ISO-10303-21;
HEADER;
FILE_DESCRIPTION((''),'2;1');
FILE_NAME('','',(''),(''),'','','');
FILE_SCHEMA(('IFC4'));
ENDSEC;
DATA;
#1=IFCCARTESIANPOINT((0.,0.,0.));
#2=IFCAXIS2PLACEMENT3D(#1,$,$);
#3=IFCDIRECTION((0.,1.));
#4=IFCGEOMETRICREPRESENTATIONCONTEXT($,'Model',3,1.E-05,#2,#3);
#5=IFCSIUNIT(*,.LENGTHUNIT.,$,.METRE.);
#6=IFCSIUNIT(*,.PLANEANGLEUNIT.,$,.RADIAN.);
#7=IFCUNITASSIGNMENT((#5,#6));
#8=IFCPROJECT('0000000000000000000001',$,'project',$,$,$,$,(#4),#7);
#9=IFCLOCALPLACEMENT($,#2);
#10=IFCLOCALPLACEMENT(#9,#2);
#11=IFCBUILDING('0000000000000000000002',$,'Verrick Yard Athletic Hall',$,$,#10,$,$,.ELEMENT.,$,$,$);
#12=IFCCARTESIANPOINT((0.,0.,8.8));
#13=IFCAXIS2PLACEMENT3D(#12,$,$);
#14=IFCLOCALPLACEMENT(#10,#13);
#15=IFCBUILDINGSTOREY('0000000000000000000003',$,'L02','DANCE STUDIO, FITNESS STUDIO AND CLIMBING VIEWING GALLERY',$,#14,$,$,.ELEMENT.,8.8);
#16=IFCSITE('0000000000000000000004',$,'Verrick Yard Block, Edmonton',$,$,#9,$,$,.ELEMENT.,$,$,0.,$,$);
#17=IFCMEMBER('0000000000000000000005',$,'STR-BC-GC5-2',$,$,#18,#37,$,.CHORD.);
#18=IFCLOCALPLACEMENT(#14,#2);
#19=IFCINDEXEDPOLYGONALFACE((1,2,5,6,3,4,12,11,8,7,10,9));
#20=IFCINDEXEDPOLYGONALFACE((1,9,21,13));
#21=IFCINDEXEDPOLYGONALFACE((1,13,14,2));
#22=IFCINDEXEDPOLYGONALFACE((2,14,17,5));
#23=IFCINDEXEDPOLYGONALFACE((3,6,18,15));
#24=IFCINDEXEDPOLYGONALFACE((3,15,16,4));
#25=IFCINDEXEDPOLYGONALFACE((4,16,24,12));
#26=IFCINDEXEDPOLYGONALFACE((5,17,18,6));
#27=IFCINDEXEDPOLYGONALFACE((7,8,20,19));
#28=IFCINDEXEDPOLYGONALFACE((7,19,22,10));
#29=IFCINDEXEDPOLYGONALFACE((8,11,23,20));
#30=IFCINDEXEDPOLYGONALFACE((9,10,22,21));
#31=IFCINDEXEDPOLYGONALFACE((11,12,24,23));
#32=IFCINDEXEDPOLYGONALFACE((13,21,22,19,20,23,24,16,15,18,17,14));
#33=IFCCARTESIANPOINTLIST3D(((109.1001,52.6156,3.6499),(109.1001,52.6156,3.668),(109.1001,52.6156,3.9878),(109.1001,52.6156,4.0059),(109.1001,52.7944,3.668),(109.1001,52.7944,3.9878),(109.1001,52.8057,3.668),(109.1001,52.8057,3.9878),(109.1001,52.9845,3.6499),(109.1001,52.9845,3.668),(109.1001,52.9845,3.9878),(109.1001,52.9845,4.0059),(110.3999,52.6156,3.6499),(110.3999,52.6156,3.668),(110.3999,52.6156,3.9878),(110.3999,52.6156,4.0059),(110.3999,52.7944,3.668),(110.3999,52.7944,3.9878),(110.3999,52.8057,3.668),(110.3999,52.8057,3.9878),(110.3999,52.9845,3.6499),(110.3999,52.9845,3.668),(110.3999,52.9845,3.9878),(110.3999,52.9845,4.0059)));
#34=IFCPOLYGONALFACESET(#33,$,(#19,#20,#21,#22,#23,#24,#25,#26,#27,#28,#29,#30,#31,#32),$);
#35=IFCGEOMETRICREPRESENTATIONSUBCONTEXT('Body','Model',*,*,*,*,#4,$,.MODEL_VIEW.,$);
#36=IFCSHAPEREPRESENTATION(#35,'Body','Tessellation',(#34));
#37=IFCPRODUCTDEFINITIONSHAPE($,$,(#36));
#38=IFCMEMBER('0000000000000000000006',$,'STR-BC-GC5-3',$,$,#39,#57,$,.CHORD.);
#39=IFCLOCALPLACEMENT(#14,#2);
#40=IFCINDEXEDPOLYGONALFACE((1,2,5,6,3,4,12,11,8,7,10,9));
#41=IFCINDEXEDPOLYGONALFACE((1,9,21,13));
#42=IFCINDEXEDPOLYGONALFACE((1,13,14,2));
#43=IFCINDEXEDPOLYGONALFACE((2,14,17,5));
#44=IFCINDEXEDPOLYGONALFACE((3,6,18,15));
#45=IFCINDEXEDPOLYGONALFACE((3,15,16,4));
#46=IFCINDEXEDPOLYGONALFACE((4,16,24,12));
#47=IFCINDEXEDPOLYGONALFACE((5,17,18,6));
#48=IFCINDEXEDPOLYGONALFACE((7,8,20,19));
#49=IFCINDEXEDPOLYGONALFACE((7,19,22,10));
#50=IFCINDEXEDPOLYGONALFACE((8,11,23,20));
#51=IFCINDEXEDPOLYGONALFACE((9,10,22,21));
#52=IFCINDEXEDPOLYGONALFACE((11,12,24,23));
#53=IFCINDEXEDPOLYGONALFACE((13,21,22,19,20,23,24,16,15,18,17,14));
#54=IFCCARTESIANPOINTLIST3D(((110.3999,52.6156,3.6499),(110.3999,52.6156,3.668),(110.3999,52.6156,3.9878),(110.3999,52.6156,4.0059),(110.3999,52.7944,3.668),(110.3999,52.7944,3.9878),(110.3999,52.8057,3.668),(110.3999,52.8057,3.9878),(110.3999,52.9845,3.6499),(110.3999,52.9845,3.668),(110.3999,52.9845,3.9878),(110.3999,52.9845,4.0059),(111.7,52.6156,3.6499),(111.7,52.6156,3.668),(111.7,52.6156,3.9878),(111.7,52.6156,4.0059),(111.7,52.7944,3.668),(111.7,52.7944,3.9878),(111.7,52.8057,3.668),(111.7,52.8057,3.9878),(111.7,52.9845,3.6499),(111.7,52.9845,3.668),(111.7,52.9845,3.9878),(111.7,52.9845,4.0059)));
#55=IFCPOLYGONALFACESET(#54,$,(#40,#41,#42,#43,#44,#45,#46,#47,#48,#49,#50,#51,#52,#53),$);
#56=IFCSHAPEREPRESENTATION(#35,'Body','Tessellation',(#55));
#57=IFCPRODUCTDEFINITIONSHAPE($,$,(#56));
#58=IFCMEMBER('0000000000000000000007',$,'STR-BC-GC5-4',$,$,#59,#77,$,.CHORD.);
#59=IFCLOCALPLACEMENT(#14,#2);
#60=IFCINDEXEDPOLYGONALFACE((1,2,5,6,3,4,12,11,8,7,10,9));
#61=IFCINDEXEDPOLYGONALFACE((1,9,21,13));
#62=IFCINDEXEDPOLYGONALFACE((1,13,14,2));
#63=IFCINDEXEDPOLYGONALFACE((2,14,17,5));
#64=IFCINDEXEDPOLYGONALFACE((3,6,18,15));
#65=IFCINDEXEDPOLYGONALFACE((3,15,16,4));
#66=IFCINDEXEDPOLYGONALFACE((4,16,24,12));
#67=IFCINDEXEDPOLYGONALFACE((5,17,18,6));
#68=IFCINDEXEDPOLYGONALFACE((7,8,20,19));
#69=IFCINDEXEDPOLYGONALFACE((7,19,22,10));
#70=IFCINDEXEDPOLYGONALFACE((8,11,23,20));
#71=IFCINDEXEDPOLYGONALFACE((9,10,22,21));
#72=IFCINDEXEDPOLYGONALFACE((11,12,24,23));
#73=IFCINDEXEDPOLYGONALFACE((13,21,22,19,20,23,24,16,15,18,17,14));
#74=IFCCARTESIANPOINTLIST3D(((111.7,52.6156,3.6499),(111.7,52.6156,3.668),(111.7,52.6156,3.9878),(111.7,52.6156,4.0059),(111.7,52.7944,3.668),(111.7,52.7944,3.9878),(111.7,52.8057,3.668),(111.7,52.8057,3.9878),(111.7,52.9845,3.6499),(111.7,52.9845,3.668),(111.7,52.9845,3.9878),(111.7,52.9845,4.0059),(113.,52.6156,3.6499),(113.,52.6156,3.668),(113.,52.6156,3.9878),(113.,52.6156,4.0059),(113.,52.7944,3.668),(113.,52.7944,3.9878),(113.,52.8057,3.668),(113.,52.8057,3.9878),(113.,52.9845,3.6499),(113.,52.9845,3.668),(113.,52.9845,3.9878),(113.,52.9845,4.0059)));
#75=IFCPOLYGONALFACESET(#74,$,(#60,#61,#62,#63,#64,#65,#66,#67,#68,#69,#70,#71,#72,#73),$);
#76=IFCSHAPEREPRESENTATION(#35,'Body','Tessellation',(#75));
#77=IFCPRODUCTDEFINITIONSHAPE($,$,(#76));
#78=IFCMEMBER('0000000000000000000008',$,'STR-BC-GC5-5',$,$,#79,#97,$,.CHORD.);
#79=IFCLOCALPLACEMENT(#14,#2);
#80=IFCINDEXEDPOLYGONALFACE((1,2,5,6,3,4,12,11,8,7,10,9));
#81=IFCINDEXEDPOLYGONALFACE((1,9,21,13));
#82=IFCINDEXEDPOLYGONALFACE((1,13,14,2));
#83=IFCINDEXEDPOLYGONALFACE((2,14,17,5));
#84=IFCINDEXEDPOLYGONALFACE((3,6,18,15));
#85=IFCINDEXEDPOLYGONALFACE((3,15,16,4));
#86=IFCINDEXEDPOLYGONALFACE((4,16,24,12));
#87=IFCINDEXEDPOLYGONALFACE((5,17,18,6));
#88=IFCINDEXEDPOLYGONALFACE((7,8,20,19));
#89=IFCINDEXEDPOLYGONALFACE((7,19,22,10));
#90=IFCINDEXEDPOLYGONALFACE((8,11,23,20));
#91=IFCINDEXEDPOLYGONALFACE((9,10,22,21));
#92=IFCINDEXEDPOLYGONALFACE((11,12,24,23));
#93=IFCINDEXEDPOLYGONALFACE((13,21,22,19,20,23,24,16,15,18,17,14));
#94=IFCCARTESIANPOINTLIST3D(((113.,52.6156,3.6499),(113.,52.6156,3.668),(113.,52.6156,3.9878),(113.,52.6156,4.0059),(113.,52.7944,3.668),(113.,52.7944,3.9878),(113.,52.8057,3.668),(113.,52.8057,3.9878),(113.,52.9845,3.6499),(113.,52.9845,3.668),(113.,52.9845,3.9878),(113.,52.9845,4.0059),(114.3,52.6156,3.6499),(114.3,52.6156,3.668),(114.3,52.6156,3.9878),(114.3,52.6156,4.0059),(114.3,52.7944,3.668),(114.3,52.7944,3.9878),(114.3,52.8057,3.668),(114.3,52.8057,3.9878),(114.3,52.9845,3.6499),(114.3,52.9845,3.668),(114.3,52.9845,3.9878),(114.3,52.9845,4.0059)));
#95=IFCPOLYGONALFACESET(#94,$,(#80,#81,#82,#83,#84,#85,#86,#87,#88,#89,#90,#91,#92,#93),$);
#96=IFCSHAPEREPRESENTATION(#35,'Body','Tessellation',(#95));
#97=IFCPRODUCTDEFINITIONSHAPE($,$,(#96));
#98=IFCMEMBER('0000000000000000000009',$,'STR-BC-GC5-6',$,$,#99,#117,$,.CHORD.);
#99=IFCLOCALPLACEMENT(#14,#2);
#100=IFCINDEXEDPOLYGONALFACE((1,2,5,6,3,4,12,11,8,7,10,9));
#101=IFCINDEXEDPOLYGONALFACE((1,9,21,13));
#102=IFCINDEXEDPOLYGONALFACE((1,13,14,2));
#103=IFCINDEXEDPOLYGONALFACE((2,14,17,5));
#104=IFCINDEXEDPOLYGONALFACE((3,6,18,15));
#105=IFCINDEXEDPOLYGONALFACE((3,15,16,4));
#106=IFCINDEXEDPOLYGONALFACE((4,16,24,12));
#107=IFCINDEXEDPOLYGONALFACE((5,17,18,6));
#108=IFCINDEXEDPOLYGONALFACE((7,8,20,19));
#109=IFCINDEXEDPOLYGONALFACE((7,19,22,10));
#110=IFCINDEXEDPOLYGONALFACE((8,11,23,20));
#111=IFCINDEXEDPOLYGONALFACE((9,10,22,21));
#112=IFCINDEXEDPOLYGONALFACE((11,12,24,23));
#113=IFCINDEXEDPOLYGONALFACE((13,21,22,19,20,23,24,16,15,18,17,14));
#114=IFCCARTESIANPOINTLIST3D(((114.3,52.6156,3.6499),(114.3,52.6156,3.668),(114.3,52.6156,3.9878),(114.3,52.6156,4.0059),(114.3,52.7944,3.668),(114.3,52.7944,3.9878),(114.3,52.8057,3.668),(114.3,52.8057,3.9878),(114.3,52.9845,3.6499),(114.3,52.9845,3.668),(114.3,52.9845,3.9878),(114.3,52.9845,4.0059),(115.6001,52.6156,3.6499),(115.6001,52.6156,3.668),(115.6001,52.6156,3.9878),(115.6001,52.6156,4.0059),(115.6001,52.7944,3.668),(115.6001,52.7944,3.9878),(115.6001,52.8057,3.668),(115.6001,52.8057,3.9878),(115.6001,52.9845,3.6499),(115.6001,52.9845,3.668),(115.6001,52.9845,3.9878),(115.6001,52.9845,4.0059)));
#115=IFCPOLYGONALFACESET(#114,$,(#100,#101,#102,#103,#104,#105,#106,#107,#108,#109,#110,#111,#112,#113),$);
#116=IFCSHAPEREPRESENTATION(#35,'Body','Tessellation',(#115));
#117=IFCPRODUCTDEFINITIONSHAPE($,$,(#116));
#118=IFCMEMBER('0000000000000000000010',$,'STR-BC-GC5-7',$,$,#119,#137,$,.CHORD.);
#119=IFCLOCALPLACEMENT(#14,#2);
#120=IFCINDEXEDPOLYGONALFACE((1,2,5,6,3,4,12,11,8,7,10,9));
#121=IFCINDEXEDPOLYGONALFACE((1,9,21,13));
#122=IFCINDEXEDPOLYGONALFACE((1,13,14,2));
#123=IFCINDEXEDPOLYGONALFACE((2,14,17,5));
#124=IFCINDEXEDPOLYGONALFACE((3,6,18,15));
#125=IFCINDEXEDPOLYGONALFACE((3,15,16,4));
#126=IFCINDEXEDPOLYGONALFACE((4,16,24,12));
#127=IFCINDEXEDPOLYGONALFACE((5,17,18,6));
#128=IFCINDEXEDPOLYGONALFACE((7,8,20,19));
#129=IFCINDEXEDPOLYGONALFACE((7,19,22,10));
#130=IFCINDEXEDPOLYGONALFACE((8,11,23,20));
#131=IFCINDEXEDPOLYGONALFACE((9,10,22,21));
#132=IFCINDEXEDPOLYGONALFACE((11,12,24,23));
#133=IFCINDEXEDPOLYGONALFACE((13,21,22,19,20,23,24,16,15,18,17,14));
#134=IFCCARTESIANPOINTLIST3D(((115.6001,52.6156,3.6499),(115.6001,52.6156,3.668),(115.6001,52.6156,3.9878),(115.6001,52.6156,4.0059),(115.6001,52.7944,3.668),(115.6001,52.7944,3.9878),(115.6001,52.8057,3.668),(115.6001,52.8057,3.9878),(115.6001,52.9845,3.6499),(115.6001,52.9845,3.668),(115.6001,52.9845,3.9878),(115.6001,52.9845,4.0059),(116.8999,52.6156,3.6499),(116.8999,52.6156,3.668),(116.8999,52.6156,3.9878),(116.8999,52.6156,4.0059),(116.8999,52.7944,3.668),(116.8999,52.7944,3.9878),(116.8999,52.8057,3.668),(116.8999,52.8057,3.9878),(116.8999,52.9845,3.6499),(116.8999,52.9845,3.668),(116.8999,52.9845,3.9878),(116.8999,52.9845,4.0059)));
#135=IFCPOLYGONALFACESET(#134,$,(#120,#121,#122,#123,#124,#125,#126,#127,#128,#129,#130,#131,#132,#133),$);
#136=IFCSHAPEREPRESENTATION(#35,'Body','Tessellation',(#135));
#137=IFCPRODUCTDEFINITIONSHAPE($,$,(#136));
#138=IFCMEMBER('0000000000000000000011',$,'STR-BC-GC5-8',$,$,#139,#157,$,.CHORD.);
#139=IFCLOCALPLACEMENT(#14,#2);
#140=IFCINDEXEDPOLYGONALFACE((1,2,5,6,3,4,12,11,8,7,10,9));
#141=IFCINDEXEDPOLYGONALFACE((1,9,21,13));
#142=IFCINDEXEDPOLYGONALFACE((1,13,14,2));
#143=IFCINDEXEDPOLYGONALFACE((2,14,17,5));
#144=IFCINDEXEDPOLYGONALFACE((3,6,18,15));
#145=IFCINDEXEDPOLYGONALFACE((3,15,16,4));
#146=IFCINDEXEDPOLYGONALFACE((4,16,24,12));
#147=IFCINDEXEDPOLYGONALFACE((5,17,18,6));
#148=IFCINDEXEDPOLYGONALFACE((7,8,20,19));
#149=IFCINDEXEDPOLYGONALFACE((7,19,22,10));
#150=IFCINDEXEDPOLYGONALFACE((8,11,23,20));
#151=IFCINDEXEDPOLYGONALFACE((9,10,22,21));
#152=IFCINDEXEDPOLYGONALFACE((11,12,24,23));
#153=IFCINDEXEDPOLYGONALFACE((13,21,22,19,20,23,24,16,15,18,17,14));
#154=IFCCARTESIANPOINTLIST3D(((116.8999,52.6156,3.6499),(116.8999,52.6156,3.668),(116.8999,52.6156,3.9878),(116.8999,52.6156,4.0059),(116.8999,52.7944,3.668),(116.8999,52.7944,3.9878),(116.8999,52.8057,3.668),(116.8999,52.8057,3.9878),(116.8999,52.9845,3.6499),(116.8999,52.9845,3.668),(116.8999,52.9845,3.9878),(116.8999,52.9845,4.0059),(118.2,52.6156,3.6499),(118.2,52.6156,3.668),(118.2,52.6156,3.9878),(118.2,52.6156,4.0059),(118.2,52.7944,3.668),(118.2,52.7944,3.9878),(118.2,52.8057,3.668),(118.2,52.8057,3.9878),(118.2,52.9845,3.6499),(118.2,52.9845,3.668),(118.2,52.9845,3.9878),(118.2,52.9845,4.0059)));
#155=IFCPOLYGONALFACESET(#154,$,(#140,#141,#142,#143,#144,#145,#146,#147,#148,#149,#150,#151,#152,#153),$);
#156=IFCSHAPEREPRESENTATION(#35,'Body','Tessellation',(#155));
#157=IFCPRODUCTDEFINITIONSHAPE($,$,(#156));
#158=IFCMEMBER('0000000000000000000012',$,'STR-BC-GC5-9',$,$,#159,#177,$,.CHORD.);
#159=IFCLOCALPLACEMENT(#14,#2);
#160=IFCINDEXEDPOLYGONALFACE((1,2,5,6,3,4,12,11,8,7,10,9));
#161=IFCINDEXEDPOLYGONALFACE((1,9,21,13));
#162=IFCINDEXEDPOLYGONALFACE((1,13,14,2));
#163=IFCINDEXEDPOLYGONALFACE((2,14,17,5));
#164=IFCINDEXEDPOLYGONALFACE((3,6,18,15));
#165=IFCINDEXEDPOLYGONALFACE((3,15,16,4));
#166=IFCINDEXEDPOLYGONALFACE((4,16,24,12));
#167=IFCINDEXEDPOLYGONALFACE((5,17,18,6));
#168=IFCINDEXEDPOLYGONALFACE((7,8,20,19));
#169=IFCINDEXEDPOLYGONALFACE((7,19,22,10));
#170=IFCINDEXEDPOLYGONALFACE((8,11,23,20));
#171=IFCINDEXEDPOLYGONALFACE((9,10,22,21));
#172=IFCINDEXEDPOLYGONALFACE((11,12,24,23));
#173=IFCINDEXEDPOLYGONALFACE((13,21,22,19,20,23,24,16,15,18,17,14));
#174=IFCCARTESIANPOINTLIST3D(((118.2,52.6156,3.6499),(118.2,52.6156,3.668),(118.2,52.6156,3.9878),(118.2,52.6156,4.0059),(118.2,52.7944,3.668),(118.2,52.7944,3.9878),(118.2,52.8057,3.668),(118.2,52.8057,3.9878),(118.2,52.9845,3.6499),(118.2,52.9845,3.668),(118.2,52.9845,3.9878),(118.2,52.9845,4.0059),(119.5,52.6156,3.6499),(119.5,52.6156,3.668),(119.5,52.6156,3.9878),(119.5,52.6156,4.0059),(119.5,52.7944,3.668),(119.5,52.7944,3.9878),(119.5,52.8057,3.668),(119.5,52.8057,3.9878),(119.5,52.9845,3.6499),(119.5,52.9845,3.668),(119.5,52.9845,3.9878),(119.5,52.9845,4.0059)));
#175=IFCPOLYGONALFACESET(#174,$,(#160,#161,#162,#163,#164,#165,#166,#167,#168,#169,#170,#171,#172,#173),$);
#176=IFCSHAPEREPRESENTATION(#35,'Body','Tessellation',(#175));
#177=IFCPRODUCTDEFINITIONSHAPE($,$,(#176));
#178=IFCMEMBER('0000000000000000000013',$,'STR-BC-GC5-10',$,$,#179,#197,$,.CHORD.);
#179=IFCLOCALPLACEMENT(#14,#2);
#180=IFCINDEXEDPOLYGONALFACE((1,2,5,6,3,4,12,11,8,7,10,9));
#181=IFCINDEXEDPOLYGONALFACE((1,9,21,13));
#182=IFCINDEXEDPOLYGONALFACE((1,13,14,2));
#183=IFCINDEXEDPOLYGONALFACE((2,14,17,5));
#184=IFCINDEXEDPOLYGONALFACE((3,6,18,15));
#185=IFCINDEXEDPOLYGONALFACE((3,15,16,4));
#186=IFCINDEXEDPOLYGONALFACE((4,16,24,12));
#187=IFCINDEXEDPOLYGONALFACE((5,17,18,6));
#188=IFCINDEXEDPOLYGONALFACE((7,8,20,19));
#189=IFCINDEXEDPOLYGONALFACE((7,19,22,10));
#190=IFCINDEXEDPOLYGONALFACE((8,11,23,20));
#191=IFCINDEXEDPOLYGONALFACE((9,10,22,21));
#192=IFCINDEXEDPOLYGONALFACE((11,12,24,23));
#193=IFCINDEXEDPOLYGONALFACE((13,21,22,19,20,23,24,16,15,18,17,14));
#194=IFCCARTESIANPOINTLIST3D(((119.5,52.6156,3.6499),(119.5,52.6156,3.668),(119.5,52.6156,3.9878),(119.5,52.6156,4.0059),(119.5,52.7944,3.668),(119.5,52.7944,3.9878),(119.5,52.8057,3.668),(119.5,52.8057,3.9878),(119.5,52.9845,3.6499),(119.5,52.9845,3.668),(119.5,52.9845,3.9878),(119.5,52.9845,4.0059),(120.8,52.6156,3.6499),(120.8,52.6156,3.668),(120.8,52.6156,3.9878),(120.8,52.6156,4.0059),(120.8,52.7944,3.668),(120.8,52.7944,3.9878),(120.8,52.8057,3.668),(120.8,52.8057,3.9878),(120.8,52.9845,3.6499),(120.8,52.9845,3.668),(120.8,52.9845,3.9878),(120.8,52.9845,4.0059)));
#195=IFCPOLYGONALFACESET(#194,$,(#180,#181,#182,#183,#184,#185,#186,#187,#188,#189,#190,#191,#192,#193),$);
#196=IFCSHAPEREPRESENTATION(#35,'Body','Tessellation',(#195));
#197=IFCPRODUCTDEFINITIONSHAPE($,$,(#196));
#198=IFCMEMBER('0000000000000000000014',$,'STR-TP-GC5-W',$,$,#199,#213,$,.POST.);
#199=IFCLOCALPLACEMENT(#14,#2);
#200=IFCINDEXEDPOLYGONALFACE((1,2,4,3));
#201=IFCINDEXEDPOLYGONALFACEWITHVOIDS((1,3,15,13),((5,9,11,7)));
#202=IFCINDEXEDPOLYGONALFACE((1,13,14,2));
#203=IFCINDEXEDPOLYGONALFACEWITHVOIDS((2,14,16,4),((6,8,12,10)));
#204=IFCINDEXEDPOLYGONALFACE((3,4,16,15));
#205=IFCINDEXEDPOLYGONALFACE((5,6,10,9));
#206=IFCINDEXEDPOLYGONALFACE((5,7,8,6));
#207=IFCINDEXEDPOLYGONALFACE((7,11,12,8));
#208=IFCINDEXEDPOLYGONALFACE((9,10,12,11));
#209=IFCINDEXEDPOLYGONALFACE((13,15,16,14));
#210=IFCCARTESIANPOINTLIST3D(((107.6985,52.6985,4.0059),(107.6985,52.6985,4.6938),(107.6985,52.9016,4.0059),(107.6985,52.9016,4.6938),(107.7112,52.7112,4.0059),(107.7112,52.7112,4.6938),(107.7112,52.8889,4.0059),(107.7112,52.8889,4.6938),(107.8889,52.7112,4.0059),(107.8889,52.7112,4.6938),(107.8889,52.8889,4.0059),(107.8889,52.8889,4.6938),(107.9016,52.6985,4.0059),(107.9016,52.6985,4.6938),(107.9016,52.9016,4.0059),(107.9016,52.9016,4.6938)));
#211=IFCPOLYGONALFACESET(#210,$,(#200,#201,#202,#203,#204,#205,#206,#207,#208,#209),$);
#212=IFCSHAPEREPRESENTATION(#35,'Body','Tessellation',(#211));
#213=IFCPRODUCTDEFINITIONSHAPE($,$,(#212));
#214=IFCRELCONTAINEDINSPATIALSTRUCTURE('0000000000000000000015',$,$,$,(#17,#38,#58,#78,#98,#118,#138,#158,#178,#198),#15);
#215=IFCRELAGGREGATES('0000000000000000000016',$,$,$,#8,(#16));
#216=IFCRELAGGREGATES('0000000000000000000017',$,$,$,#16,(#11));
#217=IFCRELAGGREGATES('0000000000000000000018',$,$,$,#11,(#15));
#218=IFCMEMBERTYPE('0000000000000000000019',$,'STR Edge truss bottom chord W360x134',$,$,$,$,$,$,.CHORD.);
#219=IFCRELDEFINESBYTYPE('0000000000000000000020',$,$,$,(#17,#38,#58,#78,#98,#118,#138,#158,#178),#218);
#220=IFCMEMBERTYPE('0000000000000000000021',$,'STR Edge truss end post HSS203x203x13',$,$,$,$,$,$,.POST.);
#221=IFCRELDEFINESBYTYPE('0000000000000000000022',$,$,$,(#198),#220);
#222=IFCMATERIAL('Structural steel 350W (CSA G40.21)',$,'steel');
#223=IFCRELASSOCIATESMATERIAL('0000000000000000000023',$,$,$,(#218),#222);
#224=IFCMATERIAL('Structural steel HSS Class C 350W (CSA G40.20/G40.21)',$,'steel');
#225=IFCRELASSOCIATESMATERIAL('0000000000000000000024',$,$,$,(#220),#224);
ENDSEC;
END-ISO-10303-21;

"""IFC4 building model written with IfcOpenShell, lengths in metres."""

from ifc_helpers import new_model, si_unit, direction, frame, origin, origin_2d, place, context, subcontext, project, spatial, hollow_rectangle, i_section, extrude, material, material_profile, profile_set, type_object, element, save


model = new_model("IFC4")

# Units and contexts
model_context = context("Model", 3, precision=1e-05, world=origin(), true_north=direction((0.0, 1.0)))
body_context = subcontext(model_context, "Body", "Model", "MODEL_VIEW")
ifc_project = project(units=[si_unit("LENGTHUNIT", "METRE"), si_unit("PLANEANGLEUNIT", "RADIAN")], contexts=[model_context])

# Site, building, storey
site_placement = place(None, origin())
site = spatial("IfcSite", under=ifc_project, at=site_placement, Name="Verrick Yard Block, Edmonton", CompositionType="ELEMENT", RefElevation=0.0)
building_placement = place(site_placement, origin())
building = spatial("IfcBuilding", under=site, at=building_placement, Name="Verrick Yard Athletic Hall", CompositionType="ELEMENT")
storey_placement = place(building_placement, frame((0.0, 0.0, 8.8)))
storey = spatial("IfcBuildingStorey", under=building, at=storey_placement, Name="L02", Description="DANCE STUDIO, FITNESS STUDIO AND CLIMBING VIEWING GALLERY", CompositionType="ELEMENT", Elevation=8.8)

# Members
ifc_material_1 = material(Name="Structural steel 350W (CSA G40.21)", Category="steel")
ifc_material_profile_1 = material_profile(ifc_material_1, i_section(OverallWidth=0.3689, OverallDepth=0.356, WebThickness=0.0112, FlangeThickness=0.0181, at=origin_2d()), Name="W360x134")
ifc_profile_set_1 = profile_set([ifc_material_profile_1], Name="Structural steel 350W (CSA G40.21)")
member_type_1 = type_object("IfcMemberType", Name="STR Edge truss bottom chord W360x134", PredefinedType="CHORD", material=ifc_profile_set_1)
member_1_placement = place(storey_placement, frame((109.1001, 52.8, 3.8279), z_axis=(1.0, 0.0, 0.0), x_axis=(0.0, 1.0, 0.0)))
element("IfcMember", 1, at=member_1_placement, inside=storey, type_object=member_type_1, Name="STR-BC-GC5-2", PredefinedType="CHORD", context=body_context, shape_type="SweptSolid", body=[
    extrude(i_section(OverallWidth=0.3689, OverallDepth=0.356, WebThickness=0.0112, FlangeThickness=0.0181, at=origin_2d()), origin(), (0.0, 0.0, 1.0), 1.2998),
])
for number, where, z_axis, x_axis, name in (
    (2, (110.3999, 52.8, 3.8279), (1.0, 0.0, 0.0), (0.0, 1.0, 0.0), "STR-BC-GC5-3"),
    (3, (111.7, 52.8, 3.8279), (1.0, 0.0, 0.0), (0.0, 1.0, 0.0), "STR-BC-GC5-4"),
    (4, (113.0, 52.8, 3.8279), (1.0, 0.0, 0.0), (0.0, 1.0, 0.0), "STR-BC-GC5-5"),
    (5, (114.3, 52.8, 3.8279), (1.0, 0.0, 0.0), (0.0, 1.0, 0.0), "STR-BC-GC5-6"),
):
    element("IfcMember", number, at=place(storey_placement, frame(where, z_axis=z_axis, x_axis=x_axis)), inside=storey, type_object=member_type_1, Name=name, PredefinedType="CHORD", context=body_context, shape_type="SweptSolid", body=[
        extrude(i_section(OverallWidth=0.3689, OverallDepth=0.356, WebThickness=0.0112, FlangeThickness=0.0181, at=origin_2d()), origin(), (0.0, 0.0, 1.0), 1.3),
    ])
member_2_placement = place(storey_placement, frame((115.6001, 52.8, 3.8279), z_axis=(1.0, 0.0, 0.0), x_axis=(0.0, 1.0, 0.0)))
element("IfcMember", 6, at=member_2_placement, inside=storey, type_object=member_type_1, Name="STR-BC-GC5-7", PredefinedType="CHORD", context=body_context, shape_type="SweptSolid", body=[
    extrude(i_section(OverallWidth=0.3689, OverallDepth=0.356, WebThickness=0.0112, FlangeThickness=0.0181, at=origin_2d()), origin(), (0.0, 0.0, 1.0), 1.2998),
])
for number, where, z_axis, x_axis, name in (
    (7, (116.8999, 52.8, 3.8279), (1.0, 0.0, 0.0), (0.0, 1.0, 0.0), "STR-BC-GC5-8"),
    (8, (118.2, 52.8, 3.8279), (1.0, 0.0, 0.0), (0.0, 1.0, 0.0), "STR-BC-GC5-9"),
    (9, (119.5, 52.8, 3.8279), (1.0, 0.0, 0.0), (0.0, 1.0, 0.0), "STR-BC-GC5-10"),
):
    element("IfcMember", number, at=place(storey_placement, frame(where, z_axis=z_axis, x_axis=x_axis)), inside=storey, type_object=member_type_1, Name=name, PredefinedType="CHORD", context=body_context, shape_type="SweptSolid", body=[
        extrude(i_section(OverallWidth=0.3689, OverallDepth=0.356, WebThickness=0.0112, FlangeThickness=0.0181, at=origin_2d()), origin(), (0.0, 0.0, 1.0), 1.3),
    ])
ifc_material_2 = material(Name="Structural steel HSS Class C 350W (CSA G40.20/G40.21)", Category="steel")
ifc_material_profile_2 = material_profile(ifc_material_2, hollow_rectangle(XDim=0.2031, YDim=0.2031, WallThickness=0.0127, at=origin_2d()), Name="HSS203x203x13")
ifc_profile_set_2 = profile_set([ifc_material_profile_2], Name="Structural steel HSS Class C 350W (CSA G40.20/G40.21)")
member_type_2 = type_object("IfcMemberType", Name="STR Edge truss end post HSS203x203x13", PredefinedType="POST", material=ifc_profile_set_2)
member_3_placement = place(storey_placement, frame((107.8, 52.8, 4.0059), z_axis=(0.0, 0.0, 1.0), x_axis=(1.0, 0.0, 0.0)))
element("IfcMember", 10, at=member_3_placement, inside=storey, type_object=member_type_2, Name="STR-TP-GC5-W", PredefinedType="POST", context=body_context, shape_type="SweptSolid", body=[
    extrude(hollow_rectangle(XDim=0.2031, YDim=0.2031, WallThickness=0.0127, at=origin_2d()), origin(), (0.0, 0.0, 1.0), 0.688),
])

save(model, "model.ifc")
